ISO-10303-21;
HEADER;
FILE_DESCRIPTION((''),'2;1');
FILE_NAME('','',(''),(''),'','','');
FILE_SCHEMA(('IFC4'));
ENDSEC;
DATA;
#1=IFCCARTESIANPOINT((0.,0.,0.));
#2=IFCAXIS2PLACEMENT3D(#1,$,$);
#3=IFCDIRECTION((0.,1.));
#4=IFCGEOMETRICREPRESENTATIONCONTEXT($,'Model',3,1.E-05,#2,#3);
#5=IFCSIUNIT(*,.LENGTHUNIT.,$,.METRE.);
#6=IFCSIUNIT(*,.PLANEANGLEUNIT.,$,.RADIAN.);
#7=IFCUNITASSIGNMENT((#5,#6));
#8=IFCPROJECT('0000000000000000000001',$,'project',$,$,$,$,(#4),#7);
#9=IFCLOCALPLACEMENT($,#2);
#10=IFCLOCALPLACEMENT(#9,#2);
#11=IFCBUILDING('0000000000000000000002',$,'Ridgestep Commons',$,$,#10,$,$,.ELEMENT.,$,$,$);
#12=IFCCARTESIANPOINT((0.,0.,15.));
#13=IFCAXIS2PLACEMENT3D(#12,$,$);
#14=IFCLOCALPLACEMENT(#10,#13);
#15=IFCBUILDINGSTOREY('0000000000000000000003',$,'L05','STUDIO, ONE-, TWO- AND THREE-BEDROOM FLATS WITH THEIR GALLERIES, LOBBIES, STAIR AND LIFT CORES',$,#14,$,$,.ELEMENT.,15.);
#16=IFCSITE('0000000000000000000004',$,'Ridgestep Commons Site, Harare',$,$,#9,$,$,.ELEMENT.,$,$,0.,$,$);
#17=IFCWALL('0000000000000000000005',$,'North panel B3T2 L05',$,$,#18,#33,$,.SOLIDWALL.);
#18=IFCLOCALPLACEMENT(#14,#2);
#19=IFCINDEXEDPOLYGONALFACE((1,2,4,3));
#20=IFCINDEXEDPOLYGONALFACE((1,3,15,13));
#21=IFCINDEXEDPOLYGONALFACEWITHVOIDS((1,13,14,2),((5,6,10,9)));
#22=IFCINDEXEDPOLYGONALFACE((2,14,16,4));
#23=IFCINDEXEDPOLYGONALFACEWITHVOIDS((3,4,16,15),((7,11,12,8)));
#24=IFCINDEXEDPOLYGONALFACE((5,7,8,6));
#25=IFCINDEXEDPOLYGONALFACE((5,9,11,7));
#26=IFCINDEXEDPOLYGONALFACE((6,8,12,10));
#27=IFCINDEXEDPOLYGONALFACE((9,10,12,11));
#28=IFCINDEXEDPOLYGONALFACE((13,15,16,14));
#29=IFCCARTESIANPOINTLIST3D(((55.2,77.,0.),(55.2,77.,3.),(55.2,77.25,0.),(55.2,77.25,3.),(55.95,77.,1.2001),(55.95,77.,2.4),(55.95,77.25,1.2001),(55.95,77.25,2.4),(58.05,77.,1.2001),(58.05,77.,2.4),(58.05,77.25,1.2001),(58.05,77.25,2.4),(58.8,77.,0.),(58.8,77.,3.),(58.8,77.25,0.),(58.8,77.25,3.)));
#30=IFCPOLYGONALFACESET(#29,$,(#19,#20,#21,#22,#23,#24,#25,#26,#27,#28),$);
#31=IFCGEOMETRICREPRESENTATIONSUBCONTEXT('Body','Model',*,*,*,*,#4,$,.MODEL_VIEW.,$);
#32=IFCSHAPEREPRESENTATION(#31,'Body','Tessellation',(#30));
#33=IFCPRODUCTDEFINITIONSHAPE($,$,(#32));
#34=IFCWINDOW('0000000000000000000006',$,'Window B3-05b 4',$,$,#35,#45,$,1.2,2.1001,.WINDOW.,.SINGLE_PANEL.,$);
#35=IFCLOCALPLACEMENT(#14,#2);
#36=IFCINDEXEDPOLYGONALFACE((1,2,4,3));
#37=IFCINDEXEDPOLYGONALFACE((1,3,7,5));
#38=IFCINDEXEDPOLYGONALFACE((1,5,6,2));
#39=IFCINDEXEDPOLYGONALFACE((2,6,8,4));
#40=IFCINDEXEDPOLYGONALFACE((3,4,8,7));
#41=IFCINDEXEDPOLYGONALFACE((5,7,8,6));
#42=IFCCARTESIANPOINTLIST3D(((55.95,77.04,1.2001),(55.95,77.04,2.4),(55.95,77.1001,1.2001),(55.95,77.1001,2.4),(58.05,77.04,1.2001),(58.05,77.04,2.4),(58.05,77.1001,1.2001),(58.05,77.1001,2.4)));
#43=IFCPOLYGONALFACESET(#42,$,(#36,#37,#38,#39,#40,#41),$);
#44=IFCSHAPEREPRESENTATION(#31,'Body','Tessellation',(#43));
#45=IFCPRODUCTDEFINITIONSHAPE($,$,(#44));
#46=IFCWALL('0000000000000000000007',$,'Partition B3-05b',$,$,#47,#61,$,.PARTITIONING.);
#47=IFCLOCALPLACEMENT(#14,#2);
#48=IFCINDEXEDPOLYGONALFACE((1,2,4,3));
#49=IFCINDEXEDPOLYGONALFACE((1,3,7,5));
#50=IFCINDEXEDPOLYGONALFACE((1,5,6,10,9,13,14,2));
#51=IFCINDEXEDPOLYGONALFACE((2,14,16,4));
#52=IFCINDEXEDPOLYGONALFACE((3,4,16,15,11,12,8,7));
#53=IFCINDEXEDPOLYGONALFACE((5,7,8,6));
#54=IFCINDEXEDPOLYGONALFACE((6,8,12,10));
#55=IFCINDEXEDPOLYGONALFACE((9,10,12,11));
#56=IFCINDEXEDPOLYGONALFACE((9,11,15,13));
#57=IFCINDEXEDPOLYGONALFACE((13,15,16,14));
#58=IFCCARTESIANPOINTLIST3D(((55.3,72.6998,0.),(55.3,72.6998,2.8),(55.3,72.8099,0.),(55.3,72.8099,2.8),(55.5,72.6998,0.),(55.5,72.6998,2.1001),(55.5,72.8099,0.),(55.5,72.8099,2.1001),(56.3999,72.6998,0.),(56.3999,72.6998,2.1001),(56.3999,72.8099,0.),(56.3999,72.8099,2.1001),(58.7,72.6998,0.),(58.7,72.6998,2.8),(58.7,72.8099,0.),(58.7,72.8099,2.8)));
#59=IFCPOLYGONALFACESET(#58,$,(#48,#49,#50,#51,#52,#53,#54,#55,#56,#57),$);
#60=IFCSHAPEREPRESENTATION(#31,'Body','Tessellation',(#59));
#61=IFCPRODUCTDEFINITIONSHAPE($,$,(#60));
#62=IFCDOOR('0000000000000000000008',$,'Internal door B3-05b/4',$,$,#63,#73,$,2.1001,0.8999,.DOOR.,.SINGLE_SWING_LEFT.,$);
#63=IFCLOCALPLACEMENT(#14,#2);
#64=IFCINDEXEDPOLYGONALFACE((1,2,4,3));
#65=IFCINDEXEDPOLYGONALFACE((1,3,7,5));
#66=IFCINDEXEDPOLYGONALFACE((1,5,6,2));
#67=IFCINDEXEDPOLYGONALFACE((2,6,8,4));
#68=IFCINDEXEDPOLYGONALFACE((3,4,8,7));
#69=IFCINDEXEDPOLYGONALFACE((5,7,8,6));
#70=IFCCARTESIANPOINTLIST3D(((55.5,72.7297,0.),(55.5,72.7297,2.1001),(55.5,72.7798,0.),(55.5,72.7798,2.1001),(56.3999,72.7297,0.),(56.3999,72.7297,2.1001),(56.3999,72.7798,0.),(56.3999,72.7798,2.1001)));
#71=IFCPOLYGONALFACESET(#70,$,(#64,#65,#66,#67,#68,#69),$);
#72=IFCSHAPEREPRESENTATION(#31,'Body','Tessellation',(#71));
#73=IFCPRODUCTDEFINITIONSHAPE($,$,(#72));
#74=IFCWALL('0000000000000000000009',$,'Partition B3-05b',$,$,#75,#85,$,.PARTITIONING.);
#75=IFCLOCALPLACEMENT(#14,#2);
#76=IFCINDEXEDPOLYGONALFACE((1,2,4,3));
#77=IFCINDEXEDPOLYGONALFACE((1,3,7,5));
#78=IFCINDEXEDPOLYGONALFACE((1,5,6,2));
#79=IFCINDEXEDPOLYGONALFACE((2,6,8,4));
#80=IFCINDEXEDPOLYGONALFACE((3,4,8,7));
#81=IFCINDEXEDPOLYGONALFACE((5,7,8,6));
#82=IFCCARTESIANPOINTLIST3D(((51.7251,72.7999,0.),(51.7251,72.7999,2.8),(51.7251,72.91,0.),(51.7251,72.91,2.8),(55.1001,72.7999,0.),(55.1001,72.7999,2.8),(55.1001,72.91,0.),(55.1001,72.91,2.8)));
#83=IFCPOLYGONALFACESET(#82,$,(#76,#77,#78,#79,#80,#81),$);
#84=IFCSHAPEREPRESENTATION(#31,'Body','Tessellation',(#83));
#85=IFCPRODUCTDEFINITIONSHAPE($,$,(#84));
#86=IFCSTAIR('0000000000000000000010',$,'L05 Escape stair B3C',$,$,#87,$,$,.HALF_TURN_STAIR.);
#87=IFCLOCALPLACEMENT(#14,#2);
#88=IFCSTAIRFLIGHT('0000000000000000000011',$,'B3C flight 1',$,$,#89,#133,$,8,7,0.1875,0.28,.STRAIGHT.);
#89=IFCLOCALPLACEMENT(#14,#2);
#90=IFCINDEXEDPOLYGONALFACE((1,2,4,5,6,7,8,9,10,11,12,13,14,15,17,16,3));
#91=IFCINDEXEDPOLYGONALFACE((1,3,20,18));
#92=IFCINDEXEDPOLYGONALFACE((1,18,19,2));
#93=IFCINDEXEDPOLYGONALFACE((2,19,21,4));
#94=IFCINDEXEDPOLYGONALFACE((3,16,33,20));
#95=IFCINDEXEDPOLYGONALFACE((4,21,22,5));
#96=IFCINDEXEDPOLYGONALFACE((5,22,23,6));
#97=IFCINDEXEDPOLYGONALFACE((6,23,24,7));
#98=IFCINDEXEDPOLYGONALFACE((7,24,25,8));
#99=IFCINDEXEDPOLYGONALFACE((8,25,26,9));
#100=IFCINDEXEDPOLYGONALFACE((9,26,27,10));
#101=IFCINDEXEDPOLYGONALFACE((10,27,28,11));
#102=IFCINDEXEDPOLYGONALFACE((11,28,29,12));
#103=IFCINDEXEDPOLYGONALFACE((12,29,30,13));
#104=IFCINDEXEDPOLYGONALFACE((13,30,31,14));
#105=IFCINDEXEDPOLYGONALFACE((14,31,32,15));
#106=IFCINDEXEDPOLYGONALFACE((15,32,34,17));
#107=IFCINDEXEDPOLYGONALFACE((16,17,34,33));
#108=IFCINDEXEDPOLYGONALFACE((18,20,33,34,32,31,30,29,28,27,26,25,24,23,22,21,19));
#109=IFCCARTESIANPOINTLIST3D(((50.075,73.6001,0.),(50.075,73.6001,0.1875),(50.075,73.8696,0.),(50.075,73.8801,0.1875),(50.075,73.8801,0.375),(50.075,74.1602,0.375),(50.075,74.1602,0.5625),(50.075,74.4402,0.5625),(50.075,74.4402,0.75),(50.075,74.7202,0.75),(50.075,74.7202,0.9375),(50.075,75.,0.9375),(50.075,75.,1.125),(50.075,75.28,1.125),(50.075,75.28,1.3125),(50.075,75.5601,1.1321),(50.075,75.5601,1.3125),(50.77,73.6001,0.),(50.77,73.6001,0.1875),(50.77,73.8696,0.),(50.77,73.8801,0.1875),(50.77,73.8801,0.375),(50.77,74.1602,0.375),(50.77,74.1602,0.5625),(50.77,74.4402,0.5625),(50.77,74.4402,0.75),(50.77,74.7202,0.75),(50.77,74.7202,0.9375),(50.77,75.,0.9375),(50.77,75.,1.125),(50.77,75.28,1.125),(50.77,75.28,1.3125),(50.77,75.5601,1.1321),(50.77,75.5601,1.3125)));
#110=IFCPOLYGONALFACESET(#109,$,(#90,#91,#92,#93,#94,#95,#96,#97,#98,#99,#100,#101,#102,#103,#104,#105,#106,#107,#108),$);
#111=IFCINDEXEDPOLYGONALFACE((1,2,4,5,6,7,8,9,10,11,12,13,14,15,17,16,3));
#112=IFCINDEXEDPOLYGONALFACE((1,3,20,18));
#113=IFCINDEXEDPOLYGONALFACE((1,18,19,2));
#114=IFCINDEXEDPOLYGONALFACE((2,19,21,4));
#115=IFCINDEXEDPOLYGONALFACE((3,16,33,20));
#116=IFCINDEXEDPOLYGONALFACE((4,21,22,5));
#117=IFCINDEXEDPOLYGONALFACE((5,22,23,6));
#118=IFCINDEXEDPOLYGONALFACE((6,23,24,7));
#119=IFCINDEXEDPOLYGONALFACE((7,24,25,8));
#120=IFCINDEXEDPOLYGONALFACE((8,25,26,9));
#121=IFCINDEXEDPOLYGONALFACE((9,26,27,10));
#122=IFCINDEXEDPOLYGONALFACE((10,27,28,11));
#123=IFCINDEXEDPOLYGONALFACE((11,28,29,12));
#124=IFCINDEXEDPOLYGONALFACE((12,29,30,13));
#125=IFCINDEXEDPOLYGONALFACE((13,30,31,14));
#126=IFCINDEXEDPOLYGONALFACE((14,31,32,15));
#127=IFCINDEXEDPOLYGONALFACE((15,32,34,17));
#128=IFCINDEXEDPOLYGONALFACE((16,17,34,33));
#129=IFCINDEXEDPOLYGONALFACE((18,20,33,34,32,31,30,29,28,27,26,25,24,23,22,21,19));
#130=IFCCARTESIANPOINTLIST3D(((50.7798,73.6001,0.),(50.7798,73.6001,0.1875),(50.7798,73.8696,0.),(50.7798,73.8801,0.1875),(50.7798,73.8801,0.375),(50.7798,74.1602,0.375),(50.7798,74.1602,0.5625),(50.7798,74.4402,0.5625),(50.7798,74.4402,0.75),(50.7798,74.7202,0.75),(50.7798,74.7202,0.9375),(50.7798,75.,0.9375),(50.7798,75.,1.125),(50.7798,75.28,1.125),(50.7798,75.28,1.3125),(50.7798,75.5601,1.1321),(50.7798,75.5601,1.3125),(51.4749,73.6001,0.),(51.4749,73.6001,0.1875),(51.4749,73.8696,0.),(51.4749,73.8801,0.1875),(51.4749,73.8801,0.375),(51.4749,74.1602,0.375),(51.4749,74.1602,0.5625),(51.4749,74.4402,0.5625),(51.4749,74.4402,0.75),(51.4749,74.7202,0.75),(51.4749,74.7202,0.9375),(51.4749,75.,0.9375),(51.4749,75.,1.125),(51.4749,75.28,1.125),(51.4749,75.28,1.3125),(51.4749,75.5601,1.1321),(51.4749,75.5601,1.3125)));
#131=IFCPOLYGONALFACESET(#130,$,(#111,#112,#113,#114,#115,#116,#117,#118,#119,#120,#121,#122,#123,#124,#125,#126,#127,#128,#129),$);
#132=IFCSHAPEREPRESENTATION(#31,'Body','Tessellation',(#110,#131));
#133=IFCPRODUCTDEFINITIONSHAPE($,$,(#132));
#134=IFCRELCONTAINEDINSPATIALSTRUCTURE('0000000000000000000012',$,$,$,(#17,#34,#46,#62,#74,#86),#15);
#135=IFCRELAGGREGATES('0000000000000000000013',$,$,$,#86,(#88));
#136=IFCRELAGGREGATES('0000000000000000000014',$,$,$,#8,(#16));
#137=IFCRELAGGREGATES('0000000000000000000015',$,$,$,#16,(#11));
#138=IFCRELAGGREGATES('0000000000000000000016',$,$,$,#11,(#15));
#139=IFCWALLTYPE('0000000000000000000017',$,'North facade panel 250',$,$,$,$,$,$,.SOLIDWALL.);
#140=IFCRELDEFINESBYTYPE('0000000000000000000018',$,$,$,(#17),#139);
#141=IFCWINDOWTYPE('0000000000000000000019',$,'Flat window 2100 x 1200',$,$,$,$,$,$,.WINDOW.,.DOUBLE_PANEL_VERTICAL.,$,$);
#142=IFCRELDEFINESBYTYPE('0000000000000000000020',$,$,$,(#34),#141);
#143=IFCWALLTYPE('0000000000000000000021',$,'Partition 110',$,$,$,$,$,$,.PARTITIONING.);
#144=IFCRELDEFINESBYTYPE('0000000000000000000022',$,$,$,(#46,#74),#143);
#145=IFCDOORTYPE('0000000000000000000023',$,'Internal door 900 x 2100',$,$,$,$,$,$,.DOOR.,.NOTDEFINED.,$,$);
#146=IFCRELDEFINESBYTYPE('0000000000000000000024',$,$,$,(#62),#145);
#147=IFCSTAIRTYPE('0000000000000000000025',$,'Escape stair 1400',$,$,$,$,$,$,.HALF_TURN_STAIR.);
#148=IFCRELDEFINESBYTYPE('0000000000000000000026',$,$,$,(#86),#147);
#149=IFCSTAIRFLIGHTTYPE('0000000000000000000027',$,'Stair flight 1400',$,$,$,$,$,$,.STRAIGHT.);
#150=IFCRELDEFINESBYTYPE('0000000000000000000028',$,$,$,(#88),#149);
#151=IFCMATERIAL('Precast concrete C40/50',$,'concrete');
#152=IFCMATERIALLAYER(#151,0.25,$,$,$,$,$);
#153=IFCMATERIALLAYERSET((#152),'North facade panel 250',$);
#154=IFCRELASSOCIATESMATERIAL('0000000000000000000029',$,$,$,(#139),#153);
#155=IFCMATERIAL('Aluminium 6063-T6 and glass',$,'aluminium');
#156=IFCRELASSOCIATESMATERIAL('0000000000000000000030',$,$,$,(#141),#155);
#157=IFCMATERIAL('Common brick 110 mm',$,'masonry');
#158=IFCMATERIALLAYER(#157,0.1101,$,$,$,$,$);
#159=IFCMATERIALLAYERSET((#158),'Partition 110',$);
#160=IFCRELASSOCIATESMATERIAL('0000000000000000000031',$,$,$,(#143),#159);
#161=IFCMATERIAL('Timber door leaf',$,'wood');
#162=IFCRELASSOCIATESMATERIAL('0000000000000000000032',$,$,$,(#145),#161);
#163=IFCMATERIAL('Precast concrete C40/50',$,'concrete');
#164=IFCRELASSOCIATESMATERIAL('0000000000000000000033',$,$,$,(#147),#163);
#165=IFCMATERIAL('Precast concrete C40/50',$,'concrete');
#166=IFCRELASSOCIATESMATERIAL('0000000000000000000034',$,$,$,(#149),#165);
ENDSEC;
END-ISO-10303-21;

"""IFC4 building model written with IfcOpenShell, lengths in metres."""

from ifc_helpers import new_model, si_unit, direction, frame, frame_2d, origin, place, context, subcontext, project, spatial, polyline, rectangle, outline, extrude, material, layer, layer_set, type_object, element, fill, aggregate, save


model = new_model("IFC4")

# Units and contexts
model_context = context("Model", 3, precision=1e-05, world=origin(), true_north=direction((0.0, 1.0)))
body_context = subcontext(model_context, "Body", "Model", "MODEL_VIEW")
ifc_project = project(units=[si_unit("LENGTHUNIT", "METRE"), si_unit("PLANEANGLEUNIT", "RADIAN")], contexts=[model_context])

# Site, building, storey
site_placement = place(None, origin())
site = spatial("IfcSite", under=ifc_project, at=site_placement, Name="Ridgestep Commons Site, Harare", CompositionType="ELEMENT", RefElevation=0.0)
building_placement = place(site_placement, origin())
building = spatial("IfcBuilding", under=site, at=building_placement, Name="Ridgestep Commons", CompositionType="ELEMENT")
storey_placement = place(building_placement, frame((0.0, 0.0, 15.0)))
storey = spatial("IfcBuildingStorey", under=building, at=storey_placement, Name="L05", Description="STUDIO, ONE-, TWO- AND THREE-BEDROOM FLATS WITH THEIR GALLERIES, LOBBIES, STAIR AND LIFT CORES", CompositionType="ELEMENT", Elevation=15.0)

# Shared definitions
ifc_material_1 = material(Name="Precast concrete C40/50", Category="concrete")
ifc_layer_1 = layer(ifc_material_1, 0.25)
ifc_layer_set_1 = layer_set([ifc_layer_1], Name="North facade panel 250")
wall_type_1 = type_object("IfcWallType", Name="North facade panel 250", PredefinedType="SOLIDWALL", material=ifc_layer_set_1)

# Wall, opening, window
wall_1_placement = place(storey_placement, frame((55.2, 77.125, 0.0), z_axis=(0.0, 0.0, 1.0), x_axis=(1.0, 0.0, 0.0)))
wall_1 = element("IfcWall", 1, at=wall_1_placement, inside=storey, type_object=wall_type_1, Name="North panel B3T2 L05", PredefinedType="SOLIDWALL", context=body_context, shape_type="SweptSolid", body=[
    extrude(rectangle(XDim=3.6001, YDim=0.25, at=frame_2d((1.8, 0.0))), origin(), (0.0, 0.0, 1.0), 3.0),
])
opening_1_placement = place(wall_1_placement, frame((0.75, 0.0, 1.2)))
opening_1 = element("IfcOpeningElement", 2, at=opening_1_placement, cuts=wall_1, PredefinedType="OPENING", context=body_context, shape_type="SweptSolid", body=[
    extrude(rectangle(XDim=2.1001, YDim=1.2, at=frame_2d((1.05, 0.6001))), frame((0.0, 0.135, 0.0), z_axis=(0.0, -1.0, 0.0), x_axis=(1.0, 0.0, 0.0)), (0.0, 0.0, 1.0), 0.27),
])
ifc_material_2 = material(Name="Aluminium 6063-T6 and glass", Category="aluminium")
window_type_1 = type_object("IfcWindowType", Name="Flat window 2100 x 1200", PartitioningType="DOUBLE_PANEL_VERTICAL", PredefinedType="WINDOW", material=ifc_material_2)
window_1_placement = place(opening_1_placement, origin())
window_1 = element("IfcWindow", 3, at=window_1_placement, inside=storey, type_object=window_type_1, Name="Window B3-05b 4", OverallHeight=1.2, OverallWidth=2.1001, PartitioningType="SINGLE_PANEL", PredefinedType="WINDOW", context=body_context, shape_type="SweptSolid", body=[
    extrude(rectangle(XDim=2.1001, YDim=1.2, at=frame_2d((1.05, 0.6001))), frame((0.0, -0.0249, 0.0), z_axis=(0.0, -1.0, 0.0), x_axis=(1.0, 0.0, 0.0)), (0.0, 0.0, 1.0), 0.0601),
])
fill(opening_1, window_1)

# Wall, opening, door
ifc_material_3 = material(Name="Common brick 110 mm", Category="masonry")
ifc_layer_2 = layer(ifc_material_3, 0.1101)
ifc_layer_set_2 = layer_set([ifc_layer_2], Name="Partition 110")
wall_type_2 = type_object("IfcWallType", Name="Partition 110", PredefinedType="PARTITIONING", material=ifc_layer_set_2)
wall_2_placement = place(storey_placement, frame((55.3, 72.7549, 0.0), z_axis=(0.0, 0.0, 1.0), x_axis=(1.0, 0.0, 0.0)))
wall_2 = element("IfcWall", 4, at=wall_2_placement, inside=storey, type_object=wall_type_2, Name="Partition B3-05b", PredefinedType="PARTITIONING", context=body_context, shape_type="SweptSolid", body=[
    extrude(rectangle(XDim=3.3999, YDim=0.1101, at=frame_2d((1.7, 0.0))), origin(), (0.0, 0.0, 1.0), 2.8),
])
opening_2_placement = place(wall_2_placement, frame((0.2, 0.0, 0.0)))
opening_2 = element("IfcOpeningElement", 5, at=opening_2_placement, cuts=wall_2, PredefinedType="OPENING", context=body_context, shape_type="SweptSolid", body=[
    extrude(rectangle(XDim=0.8999, YDim=2.1001, at=frame_2d((0.45, 1.05))), frame((0.0, 0.0649, 0.0), z_axis=(0.0, -1.0, 0.0), x_axis=(1.0, 0.0, 0.0)), (0.0, 0.0, 1.0), 0.1301),
])
ifc_material_4 = material(Name="Timber door leaf", Category="wood")
door_type_1 = type_object("IfcDoorType", Name="Internal door 900 x 2100", OperationType="NOTDEFINED", PredefinedType="DOOR", material=ifc_material_4)
door_1_placement = place(opening_2_placement, origin())
door_1 = element("IfcDoor", 6, at=door_1_placement, inside=storey, type_object=door_type_1, Name="Internal door B3-05b/4", OperationType="SINGLE_SWING_LEFT", OverallHeight=2.1001, OverallWidth=0.8999, PredefinedType="DOOR", context=body_context, shape_type="SweptSolid", body=[
    extrude(rectangle(XDim=0.8999, YDim=2.1001, at=frame_2d((0.45, 1.05))), frame((0.0, 0.0249, 0.0), z_axis=(0.0, -1.0, 0.0), x_axis=(1.0, 0.0, 0.0)), (0.0, 0.0, 1.0), 0.05),
])
fill(opening_2, door_1)

# Wall
wall_3_placement = place(storey_placement, frame((51.7251, 72.855, 0.0), z_axis=(0.0, 0.0, 1.0), x_axis=(1.0, 0.0, 0.0)))
element("IfcWall", 7, at=wall_3_placement, inside=storey, type_object=wall_type_2, Name="Partition B3-05b", PredefinedType="PARTITIONING", context=body_context, shape_type="SweptSolid", body=[
    extrude(rectangle(XDim=3.375, YDim=0.1101, at=frame_2d((1.6875, 0.0))), origin(), (0.0, 0.0, 1.0), 2.8),
])

# Stair, stair flight
ifc_material_5 = material(Name="Precast concrete C40/50", Category="concrete")
stair_type = type_object("IfcStairType", Name="Escape stair 1400", PredefinedType="HALF_TURN_STAIR", material=ifc_material_5)
stair_placement = place(storey_placement, origin())
stair = element("IfcStair", 8, at=stair_placement, inside=storey, type_object=stair_type, Name="L05 Escape stair B3C", PredefinedType="HALF_TURN_STAIR")
ifc_material_6 = material(Name="Precast concrete C40/50", Category="concrete")
stair_flight_type = type_object("IfcStairFlightType", Name="Stair flight 1400", PredefinedType="STRAIGHT", material=ifc_material_6)
stair_flight_placement = place(storey_placement, frame((50.7749, 73.6001, 0.0), z_axis=(0.0, 0.0, 1.0), x_axis=(0.0, 1.0, 0.0)))
stair_flight = element("IfcStairFlight", 9, at=stair_flight_placement, type_object=stair_flight_type, Name="B3C flight 1", NumberOfRisers=8, NumberOfTreads=7, PredefinedType="STRAIGHT", RiserHeight=0.1875, TreadLength=0.28, context=body_context, shape_type="SweptSolid", body=[
    extrude(outline(polyline([(0.0, 0.0), (0.0, 0.1875), (0.28, 0.1875), (0.28, 0.375), (0.5601, 0.375), (0.5601, 0.5625), (0.8401, 0.5625), (0.8401, 0.75), (1.1201, 0.75), (1.1201, 0.9375), (1.3999, 0.9375), (1.3999, 1.125), (1.6799, 1.125), (1.6799, 1.3125), (1.96, 1.3125), (1.96, 1.5), (1.96, 1.1321), (0.2695, 0.0), (0.0, 0.0)])), frame((0.0, 0.7, 0.0), z_axis=(0.0, -1.0, 0.0), x_axis=(1.0, 0.0, 0.0)), (0.0, 0.0, 1.0), 0.6951),
    extrude(outline(polyline([(0.0, 0.0), (0.0, 0.1875), (0.28, 0.1875), (0.28, 0.375), (0.5601, 0.375), (0.5601, 0.5625), (0.8401, 0.5625), (0.8401, 0.75), (1.1201, 0.75), (1.1201, 0.9375), (1.3999, 0.9375), (1.3999, 1.125), (1.6799, 1.125), (1.6799, 1.3125), (1.96, 1.3125), (1.96, 1.5), (1.96, 1.1321), (0.2695, 0.0), (0.0, 0.0)])), frame((0.0, -0.0049, 0.0), z_axis=(0.0, -1.0, 0.0), x_axis=(1.0, 0.0, 0.0)), (0.0, 0.0, 1.0), 0.6951),
])
aggregate(stair, [stair_flight])

save(model, "model.ifc")
